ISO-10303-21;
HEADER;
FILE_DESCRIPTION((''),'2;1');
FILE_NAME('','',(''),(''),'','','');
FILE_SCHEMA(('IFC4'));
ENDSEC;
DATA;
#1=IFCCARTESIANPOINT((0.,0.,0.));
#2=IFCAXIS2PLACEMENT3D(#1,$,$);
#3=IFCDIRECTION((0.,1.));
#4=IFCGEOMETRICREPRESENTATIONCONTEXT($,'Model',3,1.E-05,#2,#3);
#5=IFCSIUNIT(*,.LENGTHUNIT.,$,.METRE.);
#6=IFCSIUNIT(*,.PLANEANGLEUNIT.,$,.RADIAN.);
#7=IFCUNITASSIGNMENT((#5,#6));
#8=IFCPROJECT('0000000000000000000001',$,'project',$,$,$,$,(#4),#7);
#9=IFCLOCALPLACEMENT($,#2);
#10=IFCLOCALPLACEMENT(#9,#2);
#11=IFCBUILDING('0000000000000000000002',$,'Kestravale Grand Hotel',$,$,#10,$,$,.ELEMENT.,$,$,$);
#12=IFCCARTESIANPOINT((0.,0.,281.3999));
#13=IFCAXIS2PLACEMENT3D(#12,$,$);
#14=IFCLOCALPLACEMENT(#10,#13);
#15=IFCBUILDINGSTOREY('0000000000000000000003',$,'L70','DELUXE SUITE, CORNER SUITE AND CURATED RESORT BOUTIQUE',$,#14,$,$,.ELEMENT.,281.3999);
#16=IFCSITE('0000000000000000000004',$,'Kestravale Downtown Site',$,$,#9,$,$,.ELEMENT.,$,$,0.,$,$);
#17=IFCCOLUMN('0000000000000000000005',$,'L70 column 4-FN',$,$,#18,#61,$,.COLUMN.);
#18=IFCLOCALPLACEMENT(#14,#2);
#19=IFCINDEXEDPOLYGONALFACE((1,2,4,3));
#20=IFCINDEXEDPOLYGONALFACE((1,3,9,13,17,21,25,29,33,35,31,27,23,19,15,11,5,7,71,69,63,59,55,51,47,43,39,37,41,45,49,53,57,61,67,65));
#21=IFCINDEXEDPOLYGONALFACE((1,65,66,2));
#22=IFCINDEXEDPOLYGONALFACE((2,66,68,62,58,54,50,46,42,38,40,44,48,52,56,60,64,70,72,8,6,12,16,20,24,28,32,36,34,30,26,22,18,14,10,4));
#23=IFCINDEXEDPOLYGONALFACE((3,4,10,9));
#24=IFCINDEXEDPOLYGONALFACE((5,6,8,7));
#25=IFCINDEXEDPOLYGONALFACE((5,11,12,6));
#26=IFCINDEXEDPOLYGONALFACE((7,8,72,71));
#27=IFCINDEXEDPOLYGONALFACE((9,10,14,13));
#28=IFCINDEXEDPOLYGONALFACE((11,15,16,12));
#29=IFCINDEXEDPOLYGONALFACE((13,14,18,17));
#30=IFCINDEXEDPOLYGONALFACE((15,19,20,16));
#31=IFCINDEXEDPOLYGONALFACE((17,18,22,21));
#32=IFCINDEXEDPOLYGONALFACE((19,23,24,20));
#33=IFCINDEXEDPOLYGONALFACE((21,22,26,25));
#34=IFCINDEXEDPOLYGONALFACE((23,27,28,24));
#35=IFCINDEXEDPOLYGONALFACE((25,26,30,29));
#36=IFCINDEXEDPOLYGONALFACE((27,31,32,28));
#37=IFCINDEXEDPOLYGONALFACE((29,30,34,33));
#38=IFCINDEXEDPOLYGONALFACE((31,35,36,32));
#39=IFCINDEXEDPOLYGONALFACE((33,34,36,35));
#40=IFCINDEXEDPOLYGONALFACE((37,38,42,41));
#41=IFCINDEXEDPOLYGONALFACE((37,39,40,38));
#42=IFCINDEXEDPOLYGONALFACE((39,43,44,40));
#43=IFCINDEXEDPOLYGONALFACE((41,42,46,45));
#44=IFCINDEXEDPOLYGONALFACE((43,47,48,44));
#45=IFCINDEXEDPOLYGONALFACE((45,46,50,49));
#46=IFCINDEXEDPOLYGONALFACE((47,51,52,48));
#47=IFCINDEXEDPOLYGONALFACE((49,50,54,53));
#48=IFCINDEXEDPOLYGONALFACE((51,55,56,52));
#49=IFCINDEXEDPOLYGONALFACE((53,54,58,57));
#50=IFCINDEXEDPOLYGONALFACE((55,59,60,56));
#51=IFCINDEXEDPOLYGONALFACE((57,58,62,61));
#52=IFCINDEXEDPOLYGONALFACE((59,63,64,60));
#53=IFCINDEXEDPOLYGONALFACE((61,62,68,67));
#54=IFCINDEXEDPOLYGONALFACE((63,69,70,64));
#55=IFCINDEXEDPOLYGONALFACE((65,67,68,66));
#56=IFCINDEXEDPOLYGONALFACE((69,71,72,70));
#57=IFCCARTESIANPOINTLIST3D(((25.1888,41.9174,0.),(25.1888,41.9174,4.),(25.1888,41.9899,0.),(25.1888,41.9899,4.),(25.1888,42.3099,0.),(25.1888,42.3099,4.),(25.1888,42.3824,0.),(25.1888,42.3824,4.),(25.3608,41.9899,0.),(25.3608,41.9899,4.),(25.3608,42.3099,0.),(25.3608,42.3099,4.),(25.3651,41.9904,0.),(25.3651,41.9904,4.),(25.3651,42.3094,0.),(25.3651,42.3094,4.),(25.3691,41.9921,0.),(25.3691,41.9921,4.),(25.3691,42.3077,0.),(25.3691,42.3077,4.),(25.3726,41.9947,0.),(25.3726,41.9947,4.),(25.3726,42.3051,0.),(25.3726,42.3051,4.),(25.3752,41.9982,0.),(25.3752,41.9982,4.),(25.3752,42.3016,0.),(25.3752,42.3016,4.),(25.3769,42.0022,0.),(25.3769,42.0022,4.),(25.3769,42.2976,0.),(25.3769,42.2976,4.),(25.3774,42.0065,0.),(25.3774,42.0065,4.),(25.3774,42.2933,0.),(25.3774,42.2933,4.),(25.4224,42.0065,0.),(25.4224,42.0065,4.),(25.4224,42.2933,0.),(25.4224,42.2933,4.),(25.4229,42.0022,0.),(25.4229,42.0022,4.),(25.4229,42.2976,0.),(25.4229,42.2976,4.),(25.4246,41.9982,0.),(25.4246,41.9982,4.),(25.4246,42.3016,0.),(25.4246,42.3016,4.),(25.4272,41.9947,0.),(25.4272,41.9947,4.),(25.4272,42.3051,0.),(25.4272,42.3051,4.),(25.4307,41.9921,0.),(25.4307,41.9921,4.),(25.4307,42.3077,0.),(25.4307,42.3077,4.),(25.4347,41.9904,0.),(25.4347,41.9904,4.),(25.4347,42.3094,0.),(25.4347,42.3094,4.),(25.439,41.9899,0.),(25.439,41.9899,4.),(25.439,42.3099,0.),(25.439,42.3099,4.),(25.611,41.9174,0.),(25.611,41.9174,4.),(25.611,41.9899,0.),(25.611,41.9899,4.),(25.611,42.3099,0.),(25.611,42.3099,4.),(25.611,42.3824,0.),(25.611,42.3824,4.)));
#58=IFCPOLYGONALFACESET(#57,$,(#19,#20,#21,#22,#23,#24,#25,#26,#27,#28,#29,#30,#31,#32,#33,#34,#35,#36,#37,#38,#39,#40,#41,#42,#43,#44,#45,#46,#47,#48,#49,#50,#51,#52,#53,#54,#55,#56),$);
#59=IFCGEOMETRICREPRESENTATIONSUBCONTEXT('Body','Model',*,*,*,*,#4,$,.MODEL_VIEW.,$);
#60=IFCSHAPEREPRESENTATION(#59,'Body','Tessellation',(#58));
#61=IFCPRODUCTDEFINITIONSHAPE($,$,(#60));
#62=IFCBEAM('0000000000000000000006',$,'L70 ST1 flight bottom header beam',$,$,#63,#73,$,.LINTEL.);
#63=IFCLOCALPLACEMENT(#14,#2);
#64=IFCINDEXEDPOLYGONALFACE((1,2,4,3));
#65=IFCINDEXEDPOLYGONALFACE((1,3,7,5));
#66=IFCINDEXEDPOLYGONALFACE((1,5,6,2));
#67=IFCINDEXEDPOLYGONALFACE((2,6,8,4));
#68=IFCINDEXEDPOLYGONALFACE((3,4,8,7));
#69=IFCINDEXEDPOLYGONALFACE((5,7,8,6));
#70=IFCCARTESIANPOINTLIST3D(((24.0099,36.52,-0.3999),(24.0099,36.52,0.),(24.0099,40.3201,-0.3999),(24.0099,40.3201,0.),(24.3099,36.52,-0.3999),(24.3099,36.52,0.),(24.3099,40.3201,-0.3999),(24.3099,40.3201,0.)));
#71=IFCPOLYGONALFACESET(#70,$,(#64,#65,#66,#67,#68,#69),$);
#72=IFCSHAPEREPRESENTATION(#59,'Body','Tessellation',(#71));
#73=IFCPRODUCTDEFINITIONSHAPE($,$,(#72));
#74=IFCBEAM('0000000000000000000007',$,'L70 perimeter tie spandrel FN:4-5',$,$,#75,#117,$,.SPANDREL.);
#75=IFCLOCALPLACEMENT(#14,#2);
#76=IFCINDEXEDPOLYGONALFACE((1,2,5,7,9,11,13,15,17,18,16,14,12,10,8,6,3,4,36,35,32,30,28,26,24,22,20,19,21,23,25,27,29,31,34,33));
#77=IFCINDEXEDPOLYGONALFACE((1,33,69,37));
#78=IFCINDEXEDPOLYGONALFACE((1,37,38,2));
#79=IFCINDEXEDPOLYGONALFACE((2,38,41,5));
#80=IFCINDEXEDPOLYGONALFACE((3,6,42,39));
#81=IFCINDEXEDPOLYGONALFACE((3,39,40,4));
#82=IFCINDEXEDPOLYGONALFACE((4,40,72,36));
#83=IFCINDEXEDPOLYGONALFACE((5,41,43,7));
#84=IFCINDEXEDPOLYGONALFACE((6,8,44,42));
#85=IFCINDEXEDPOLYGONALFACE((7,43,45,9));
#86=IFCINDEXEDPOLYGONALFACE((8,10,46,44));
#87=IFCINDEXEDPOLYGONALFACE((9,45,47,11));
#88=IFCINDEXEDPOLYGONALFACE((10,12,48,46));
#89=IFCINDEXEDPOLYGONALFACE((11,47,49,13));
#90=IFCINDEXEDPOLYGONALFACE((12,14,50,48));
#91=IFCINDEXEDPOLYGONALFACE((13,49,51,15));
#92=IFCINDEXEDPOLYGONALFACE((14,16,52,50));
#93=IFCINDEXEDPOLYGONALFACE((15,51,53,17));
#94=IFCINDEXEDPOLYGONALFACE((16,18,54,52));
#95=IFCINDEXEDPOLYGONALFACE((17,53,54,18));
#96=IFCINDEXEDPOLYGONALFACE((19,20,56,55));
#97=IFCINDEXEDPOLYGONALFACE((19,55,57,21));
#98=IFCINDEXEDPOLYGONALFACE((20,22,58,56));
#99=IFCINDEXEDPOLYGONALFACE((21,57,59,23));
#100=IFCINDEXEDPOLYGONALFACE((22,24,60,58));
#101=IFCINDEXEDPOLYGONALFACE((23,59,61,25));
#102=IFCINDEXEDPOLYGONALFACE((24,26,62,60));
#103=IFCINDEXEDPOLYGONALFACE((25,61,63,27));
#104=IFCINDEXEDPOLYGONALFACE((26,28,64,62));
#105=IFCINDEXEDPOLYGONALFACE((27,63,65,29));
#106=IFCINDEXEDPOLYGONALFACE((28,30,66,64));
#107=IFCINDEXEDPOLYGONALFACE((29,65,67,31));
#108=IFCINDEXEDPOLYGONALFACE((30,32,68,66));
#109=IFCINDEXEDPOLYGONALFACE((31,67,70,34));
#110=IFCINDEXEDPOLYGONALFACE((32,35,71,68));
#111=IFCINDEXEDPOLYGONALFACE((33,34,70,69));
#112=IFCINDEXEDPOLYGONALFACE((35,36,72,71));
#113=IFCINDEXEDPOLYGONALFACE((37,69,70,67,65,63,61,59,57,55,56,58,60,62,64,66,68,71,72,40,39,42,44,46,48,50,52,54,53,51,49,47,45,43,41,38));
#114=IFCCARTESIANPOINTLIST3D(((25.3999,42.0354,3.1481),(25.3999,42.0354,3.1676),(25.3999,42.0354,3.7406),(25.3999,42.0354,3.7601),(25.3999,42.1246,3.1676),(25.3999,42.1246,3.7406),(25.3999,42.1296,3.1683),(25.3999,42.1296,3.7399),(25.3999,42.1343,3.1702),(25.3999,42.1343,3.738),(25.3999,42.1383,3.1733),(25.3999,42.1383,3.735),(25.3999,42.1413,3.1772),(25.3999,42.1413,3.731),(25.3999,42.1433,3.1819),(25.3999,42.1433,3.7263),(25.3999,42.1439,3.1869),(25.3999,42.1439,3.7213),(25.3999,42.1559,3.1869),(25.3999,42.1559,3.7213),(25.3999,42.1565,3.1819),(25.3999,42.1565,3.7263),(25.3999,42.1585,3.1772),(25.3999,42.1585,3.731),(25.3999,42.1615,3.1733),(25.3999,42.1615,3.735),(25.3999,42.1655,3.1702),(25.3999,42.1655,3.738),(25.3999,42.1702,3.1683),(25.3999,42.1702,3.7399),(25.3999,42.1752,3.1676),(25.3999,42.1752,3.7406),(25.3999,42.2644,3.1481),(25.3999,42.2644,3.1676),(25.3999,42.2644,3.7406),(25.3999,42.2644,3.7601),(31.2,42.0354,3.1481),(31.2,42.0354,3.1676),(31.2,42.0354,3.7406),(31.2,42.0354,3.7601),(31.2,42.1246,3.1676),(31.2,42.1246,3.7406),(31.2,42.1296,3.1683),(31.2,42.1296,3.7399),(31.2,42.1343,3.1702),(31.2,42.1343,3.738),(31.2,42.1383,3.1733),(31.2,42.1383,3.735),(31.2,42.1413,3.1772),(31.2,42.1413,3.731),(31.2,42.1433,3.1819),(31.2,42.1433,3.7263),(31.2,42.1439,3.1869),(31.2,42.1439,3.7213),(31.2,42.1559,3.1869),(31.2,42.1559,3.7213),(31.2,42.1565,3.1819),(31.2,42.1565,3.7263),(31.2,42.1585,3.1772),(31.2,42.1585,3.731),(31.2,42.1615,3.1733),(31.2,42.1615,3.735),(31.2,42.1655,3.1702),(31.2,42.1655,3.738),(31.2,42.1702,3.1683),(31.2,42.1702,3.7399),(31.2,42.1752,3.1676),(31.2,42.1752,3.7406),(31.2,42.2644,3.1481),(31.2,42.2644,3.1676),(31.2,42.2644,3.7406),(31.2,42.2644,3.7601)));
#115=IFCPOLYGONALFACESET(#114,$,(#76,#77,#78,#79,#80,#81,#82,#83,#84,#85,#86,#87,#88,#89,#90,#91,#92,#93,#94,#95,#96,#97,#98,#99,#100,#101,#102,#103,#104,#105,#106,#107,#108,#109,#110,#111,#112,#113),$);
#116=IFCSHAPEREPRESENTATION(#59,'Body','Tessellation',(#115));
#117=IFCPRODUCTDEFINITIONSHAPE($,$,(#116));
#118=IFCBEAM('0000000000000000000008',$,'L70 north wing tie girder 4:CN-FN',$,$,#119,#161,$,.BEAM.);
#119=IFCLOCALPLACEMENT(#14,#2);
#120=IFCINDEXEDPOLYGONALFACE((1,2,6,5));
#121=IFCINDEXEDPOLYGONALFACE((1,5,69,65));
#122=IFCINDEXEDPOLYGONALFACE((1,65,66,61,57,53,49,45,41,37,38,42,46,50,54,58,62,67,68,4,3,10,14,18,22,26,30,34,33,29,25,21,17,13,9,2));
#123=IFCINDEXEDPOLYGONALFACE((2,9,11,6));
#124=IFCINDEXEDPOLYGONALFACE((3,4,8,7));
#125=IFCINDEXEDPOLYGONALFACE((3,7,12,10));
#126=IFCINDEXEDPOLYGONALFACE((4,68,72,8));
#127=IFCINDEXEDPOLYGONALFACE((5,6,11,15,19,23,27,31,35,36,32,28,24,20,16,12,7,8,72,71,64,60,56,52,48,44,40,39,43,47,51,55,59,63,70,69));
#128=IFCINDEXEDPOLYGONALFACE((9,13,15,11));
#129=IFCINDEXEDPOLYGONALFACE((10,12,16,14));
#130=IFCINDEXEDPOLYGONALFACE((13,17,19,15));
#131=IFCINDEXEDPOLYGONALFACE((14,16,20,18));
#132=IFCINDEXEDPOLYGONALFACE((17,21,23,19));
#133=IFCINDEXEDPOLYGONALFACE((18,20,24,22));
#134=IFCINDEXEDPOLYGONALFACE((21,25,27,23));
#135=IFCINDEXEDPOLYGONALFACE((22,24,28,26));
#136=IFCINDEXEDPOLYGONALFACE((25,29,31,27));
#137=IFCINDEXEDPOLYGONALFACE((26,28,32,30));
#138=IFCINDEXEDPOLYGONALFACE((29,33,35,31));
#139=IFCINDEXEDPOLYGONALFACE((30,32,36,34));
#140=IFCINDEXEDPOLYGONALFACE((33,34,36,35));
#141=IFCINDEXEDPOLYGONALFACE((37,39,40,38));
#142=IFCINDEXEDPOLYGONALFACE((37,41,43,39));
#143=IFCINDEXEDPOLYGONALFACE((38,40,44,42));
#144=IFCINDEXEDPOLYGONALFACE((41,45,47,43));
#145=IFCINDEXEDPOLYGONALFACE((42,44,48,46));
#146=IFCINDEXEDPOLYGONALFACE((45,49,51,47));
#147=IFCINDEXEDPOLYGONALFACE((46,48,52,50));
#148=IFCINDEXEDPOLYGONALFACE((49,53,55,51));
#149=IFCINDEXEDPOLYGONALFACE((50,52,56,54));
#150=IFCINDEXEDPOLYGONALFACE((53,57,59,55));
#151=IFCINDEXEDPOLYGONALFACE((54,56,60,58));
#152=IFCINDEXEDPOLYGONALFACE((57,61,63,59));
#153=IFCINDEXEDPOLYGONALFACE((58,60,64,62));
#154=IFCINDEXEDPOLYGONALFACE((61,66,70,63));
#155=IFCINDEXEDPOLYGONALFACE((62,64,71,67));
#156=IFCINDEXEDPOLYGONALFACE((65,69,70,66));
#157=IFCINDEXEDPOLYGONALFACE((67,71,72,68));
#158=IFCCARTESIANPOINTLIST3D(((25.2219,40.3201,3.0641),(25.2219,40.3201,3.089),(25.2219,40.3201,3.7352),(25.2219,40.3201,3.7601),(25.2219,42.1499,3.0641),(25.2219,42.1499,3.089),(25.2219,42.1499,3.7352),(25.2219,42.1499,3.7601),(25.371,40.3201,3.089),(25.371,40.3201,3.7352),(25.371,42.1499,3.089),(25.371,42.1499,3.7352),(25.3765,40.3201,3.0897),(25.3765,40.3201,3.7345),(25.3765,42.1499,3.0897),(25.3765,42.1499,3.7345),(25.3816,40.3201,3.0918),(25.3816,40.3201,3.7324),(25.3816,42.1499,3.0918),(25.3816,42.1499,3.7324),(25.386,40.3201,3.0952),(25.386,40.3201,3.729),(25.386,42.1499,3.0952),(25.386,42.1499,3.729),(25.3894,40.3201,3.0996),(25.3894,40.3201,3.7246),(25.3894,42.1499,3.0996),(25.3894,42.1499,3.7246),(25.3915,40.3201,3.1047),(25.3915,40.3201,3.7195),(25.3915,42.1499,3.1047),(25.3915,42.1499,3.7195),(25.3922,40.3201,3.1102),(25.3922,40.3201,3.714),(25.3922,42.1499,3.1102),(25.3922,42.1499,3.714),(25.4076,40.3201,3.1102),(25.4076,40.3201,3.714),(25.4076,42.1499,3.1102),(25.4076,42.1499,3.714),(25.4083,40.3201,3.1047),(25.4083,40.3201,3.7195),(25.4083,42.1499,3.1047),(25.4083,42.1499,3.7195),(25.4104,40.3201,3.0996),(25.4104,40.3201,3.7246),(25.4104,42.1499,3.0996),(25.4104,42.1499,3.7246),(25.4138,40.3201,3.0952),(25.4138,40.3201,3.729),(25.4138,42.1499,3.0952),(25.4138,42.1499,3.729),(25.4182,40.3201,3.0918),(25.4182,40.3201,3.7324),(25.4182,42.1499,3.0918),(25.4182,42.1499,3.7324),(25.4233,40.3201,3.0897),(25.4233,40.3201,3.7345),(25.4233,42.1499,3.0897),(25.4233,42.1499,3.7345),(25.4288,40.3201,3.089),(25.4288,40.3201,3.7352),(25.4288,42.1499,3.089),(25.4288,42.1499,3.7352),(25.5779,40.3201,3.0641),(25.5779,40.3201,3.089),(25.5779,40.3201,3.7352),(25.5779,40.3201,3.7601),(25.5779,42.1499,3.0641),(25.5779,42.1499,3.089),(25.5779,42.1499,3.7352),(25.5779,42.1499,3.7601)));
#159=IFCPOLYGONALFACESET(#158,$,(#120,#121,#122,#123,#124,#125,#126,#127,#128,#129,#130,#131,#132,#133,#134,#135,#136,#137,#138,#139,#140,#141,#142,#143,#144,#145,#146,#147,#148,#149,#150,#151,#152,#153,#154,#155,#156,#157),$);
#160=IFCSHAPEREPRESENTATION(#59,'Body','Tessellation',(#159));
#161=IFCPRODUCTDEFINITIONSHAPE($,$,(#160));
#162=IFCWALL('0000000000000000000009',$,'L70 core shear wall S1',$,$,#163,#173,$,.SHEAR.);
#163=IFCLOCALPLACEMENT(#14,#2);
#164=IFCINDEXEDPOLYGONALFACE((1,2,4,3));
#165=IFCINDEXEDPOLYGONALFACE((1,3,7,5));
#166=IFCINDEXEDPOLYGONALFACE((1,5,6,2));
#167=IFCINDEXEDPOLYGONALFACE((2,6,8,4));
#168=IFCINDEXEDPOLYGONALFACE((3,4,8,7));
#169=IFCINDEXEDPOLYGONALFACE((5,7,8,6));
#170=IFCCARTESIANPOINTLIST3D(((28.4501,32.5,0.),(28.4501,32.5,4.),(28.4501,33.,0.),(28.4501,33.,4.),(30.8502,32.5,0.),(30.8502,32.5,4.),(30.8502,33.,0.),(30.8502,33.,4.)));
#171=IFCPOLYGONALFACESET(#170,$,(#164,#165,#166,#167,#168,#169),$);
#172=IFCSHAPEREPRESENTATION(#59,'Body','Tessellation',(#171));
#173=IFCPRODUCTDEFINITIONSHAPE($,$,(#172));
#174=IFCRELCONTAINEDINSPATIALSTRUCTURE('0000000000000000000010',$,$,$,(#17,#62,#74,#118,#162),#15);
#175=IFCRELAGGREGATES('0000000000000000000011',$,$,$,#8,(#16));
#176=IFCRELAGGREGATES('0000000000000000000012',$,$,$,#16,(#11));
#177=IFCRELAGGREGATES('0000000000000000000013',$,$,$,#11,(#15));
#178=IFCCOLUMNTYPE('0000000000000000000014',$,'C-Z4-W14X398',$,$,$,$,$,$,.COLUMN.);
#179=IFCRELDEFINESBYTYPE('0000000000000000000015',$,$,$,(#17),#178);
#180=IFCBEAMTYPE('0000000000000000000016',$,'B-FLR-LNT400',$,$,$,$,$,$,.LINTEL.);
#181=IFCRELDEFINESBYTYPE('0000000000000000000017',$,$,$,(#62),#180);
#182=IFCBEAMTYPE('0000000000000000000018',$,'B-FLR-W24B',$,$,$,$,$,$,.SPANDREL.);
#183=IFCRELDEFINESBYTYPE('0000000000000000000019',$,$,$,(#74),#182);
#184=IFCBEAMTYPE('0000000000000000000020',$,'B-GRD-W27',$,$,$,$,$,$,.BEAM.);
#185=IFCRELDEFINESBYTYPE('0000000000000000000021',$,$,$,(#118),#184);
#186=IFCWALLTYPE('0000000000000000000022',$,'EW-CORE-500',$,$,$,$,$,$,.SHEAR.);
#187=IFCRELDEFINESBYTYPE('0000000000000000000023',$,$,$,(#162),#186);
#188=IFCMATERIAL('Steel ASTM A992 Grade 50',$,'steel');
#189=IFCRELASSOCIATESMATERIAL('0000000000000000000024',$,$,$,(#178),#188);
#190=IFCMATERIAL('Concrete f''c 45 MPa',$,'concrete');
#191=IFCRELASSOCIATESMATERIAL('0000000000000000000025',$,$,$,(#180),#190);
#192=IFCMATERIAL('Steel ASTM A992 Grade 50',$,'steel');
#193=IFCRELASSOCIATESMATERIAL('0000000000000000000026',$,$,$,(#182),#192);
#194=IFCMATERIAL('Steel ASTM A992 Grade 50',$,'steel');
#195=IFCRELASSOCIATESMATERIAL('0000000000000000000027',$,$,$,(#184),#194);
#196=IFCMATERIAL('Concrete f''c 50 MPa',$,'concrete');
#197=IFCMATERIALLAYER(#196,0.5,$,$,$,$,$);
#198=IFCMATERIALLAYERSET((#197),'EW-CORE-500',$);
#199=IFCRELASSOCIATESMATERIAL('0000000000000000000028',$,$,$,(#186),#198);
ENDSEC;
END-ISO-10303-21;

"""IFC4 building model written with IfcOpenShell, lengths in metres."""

from ifc_helpers import new_model, si_unit, direction, frame, frame_2d, origin, origin_2d, place, context, subcontext, project, spatial, rectangle, i_section, extrude, material, layer, layer_set, material_profile, profile_set, type_object, element, save


model = new_model("IFC4")

# Units and contexts
model_context = context("Model", 3, precision=1e-05, world=origin(), true_north=direction((0.0, 1.0)))
body_context = subcontext(model_context, "Body", "Model", "MODEL_VIEW")
ifc_project = project(units=[si_unit("LENGTHUNIT", "METRE"), si_unit("PLANEANGLEUNIT", "RADIAN")], contexts=[model_context])

# Site, building, storey
site_placement = place(None, origin())
site = spatial("IfcSite", under=ifc_project, at=site_placement, Name="Kestravale Downtown Site", CompositionType="ELEMENT", RefElevation=0.0)
building_placement = place(site_placement, origin())
building = spatial("IfcBuilding", under=site, at=building_placement, Name="Kestravale Grand Hotel", CompositionType="ELEMENT")
storey_placement = place(building_placement, frame((0.0, 0.0, 281.3999)))
storey = spatial("IfcBuildingStorey", under=building, at=storey_placement, Name="L70", Description="DELUXE SUITE, CORNER SUITE AND CURATED RESORT BOUTIQUE", CompositionType="ELEMENT", Elevation=281.3999)

# Column
ifc_material_1 = material(Name="Steel ASTM A992 Grade 50", Category="steel")
ifc_material_profile_1 = material_profile(ifc_material_1, i_section(OverallWidth=0.4221, OverallDepth=0.4651, WebThickness=0.0449, FlangeThickness=0.0725, FilletRadius=0.0166, at=origin_2d()))
ifc_profile_set_1 = profile_set([ifc_material_profile_1], Name="Steel ASTM A992 Grade 50")
column_type = type_object("IfcColumnType", Name="C-Z4-W14X398", PredefinedType="COLUMN", material=ifc_profile_set_1)
column_placement = place(storey_placement, frame((25.3999, 42.1499, 0.0), z_axis=(0.0, 0.0, 1.0), x_axis=(1.0, 0.0, 0.0)))
element("IfcColumn", 1, at=column_placement, inside=storey, type_object=column_type, Name="L70 column 4-FN", PredefinedType="COLUMN", context=body_context, shape_type="SweptSolid", body=[
    extrude(i_section(OverallWidth=0.4221, OverallDepth=0.4651, WebThickness=0.0449, FlangeThickness=0.0725, FilletRadius=0.0166, at=origin_2d()), origin(), (0.0, 0.0, 1.0), 4.0),
])

# Beams
ifc_material_2 = material(Name="Concrete f'c 45 MPa", Category="concrete")
ifc_material_profile_2 = material_profile(ifc_material_2, rectangle(XDim=0.3, YDim=0.3999, at=origin_2d()))
ifc_profile_set_2 = profile_set([ifc_material_profile_2], Name="Concrete f'c 45 MPa")
beam_type_1 = type_object("IfcBeamType", Name="B-FLR-LNT400", PredefinedType="LINTEL", material=ifc_profile_set_2)
beam_1_placement = place(storey_placement, frame((24.1599, 36.52, -0.2), z_axis=(0.0, 1.0, 0.0), x_axis=(-1.0, 0.0, 0.0)))
element("IfcBeam", 2, at=beam_1_placement, inside=storey, type_object=beam_type_1, Name="L70 ST1 flight bottom header beam", PredefinedType="LINTEL", context=body_context, shape_type="SweptSolid", body=[
    extrude(rectangle(XDim=0.3, YDim=0.3999, at=origin_2d()), origin(), (0.0, 0.0, 1.0), 3.8),
])
ifc_material_3 = material(Name="Steel ASTM A992 Grade 50", Category="steel")
ifc_material_profile_3 = material_profile(ifc_material_3, i_section(OverallWidth=0.229, OverallDepth=0.6121, WebThickness=0.012, FlangeThickness=0.0195, FilletRadius=0.0193, at=origin_2d()))
ifc_profile_set_3 = profile_set([ifc_material_profile_3], Name="Steel ASTM A992 Grade 50")
beam_type_2 = type_object("IfcBeamType", Name="B-FLR-W24B", PredefinedType="SPANDREL", material=ifc_profile_set_3)
beam_2_placement = place(storey_placement, frame((25.3999, 42.1499, 3.4541), z_axis=(1.0, 0.0, 0.0), x_axis=(0.0, 1.0, 0.0)))
element("IfcBeam", 3, at=beam_2_placement, inside=storey, type_object=beam_type_2, Name="L70 perimeter tie spandrel FN:4-5", PredefinedType="SPANDREL", context=body_context, shape_type="SweptSolid", body=[
    extrude(i_section(OverallWidth=0.229, OverallDepth=0.6121, WebThickness=0.012, FlangeThickness=0.0195, FilletRadius=0.0193, at=origin_2d()), origin(), (0.0, 0.0, 1.0), 5.8),
])
ifc_material_4 = material(Name="Steel ASTM A992 Grade 50", Category="steel")
ifc_material_profile_4 = material_profile(ifc_material_4, i_section(OverallWidth=0.356, OverallDepth=0.696, WebThickness=0.0154, FlangeThickness=0.0249, FilletRadius=0.0212, at=origin_2d()))
ifc_profile_set_4 = profile_set([ifc_material_profile_4], Name="Steel ASTM A992 Grade 50")
beam_type_3 = type_object("IfcBeamType", Name="B-GRD-W27", PredefinedType="BEAM", material=ifc_profile_set_4)
beam_3_placement = place(storey_placement, frame((25.3999, 40.3201, 3.4121), z_axis=(0.0, 1.0, 0.0), x_axis=(-1.0, 0.0, 0.0)))
element("IfcBeam", 4, at=beam_3_placement, inside=storey, type_object=beam_type_3, Name="L70 north wing tie girder 4:CN-FN", PredefinedType="BEAM", context=body_context, shape_type="SweptSolid", body=[
    extrude(i_section(OverallWidth=0.356, OverallDepth=0.696, WebThickness=0.0154, FlangeThickness=0.0249, FilletRadius=0.0212, at=origin_2d()), origin(), (0.0, 0.0, 1.0), 1.8298),
])

# Wall
ifc_material_5 = material(Name="Concrete f'c 50 MPa", Category="concrete")
ifc_layer_1 = layer(ifc_material_5, 0.5)
ifc_layer_set_1 = layer_set([ifc_layer_1], Name="EW-CORE-500")
wall_type_1 = type_object("IfcWallType", Name="EW-CORE-500", PredefinedType="SHEAR", material=ifc_layer_set_1)
wall_1_placement = place(storey_placement, frame((28.45, 32.75, 0.0), z_axis=(0.0, 0.0, 1.0), x_axis=(1.0, 0.0, 0.0)))
element("IfcWall", 5, at=wall_1_placement, inside=storey, type_object=wall_type_1, Name="L70 core shear wall S1", PredefinedType="SHEAR", context=body_context, shape_type="SweptSolid", body=[
    extrude(rectangle(XDim=2.4001, YDim=0.5, at=frame_2d((1.2002, 0.0))), origin(), (0.0, 0.0, 1.0), 4.0),
])

save(model, "model.ifc")
